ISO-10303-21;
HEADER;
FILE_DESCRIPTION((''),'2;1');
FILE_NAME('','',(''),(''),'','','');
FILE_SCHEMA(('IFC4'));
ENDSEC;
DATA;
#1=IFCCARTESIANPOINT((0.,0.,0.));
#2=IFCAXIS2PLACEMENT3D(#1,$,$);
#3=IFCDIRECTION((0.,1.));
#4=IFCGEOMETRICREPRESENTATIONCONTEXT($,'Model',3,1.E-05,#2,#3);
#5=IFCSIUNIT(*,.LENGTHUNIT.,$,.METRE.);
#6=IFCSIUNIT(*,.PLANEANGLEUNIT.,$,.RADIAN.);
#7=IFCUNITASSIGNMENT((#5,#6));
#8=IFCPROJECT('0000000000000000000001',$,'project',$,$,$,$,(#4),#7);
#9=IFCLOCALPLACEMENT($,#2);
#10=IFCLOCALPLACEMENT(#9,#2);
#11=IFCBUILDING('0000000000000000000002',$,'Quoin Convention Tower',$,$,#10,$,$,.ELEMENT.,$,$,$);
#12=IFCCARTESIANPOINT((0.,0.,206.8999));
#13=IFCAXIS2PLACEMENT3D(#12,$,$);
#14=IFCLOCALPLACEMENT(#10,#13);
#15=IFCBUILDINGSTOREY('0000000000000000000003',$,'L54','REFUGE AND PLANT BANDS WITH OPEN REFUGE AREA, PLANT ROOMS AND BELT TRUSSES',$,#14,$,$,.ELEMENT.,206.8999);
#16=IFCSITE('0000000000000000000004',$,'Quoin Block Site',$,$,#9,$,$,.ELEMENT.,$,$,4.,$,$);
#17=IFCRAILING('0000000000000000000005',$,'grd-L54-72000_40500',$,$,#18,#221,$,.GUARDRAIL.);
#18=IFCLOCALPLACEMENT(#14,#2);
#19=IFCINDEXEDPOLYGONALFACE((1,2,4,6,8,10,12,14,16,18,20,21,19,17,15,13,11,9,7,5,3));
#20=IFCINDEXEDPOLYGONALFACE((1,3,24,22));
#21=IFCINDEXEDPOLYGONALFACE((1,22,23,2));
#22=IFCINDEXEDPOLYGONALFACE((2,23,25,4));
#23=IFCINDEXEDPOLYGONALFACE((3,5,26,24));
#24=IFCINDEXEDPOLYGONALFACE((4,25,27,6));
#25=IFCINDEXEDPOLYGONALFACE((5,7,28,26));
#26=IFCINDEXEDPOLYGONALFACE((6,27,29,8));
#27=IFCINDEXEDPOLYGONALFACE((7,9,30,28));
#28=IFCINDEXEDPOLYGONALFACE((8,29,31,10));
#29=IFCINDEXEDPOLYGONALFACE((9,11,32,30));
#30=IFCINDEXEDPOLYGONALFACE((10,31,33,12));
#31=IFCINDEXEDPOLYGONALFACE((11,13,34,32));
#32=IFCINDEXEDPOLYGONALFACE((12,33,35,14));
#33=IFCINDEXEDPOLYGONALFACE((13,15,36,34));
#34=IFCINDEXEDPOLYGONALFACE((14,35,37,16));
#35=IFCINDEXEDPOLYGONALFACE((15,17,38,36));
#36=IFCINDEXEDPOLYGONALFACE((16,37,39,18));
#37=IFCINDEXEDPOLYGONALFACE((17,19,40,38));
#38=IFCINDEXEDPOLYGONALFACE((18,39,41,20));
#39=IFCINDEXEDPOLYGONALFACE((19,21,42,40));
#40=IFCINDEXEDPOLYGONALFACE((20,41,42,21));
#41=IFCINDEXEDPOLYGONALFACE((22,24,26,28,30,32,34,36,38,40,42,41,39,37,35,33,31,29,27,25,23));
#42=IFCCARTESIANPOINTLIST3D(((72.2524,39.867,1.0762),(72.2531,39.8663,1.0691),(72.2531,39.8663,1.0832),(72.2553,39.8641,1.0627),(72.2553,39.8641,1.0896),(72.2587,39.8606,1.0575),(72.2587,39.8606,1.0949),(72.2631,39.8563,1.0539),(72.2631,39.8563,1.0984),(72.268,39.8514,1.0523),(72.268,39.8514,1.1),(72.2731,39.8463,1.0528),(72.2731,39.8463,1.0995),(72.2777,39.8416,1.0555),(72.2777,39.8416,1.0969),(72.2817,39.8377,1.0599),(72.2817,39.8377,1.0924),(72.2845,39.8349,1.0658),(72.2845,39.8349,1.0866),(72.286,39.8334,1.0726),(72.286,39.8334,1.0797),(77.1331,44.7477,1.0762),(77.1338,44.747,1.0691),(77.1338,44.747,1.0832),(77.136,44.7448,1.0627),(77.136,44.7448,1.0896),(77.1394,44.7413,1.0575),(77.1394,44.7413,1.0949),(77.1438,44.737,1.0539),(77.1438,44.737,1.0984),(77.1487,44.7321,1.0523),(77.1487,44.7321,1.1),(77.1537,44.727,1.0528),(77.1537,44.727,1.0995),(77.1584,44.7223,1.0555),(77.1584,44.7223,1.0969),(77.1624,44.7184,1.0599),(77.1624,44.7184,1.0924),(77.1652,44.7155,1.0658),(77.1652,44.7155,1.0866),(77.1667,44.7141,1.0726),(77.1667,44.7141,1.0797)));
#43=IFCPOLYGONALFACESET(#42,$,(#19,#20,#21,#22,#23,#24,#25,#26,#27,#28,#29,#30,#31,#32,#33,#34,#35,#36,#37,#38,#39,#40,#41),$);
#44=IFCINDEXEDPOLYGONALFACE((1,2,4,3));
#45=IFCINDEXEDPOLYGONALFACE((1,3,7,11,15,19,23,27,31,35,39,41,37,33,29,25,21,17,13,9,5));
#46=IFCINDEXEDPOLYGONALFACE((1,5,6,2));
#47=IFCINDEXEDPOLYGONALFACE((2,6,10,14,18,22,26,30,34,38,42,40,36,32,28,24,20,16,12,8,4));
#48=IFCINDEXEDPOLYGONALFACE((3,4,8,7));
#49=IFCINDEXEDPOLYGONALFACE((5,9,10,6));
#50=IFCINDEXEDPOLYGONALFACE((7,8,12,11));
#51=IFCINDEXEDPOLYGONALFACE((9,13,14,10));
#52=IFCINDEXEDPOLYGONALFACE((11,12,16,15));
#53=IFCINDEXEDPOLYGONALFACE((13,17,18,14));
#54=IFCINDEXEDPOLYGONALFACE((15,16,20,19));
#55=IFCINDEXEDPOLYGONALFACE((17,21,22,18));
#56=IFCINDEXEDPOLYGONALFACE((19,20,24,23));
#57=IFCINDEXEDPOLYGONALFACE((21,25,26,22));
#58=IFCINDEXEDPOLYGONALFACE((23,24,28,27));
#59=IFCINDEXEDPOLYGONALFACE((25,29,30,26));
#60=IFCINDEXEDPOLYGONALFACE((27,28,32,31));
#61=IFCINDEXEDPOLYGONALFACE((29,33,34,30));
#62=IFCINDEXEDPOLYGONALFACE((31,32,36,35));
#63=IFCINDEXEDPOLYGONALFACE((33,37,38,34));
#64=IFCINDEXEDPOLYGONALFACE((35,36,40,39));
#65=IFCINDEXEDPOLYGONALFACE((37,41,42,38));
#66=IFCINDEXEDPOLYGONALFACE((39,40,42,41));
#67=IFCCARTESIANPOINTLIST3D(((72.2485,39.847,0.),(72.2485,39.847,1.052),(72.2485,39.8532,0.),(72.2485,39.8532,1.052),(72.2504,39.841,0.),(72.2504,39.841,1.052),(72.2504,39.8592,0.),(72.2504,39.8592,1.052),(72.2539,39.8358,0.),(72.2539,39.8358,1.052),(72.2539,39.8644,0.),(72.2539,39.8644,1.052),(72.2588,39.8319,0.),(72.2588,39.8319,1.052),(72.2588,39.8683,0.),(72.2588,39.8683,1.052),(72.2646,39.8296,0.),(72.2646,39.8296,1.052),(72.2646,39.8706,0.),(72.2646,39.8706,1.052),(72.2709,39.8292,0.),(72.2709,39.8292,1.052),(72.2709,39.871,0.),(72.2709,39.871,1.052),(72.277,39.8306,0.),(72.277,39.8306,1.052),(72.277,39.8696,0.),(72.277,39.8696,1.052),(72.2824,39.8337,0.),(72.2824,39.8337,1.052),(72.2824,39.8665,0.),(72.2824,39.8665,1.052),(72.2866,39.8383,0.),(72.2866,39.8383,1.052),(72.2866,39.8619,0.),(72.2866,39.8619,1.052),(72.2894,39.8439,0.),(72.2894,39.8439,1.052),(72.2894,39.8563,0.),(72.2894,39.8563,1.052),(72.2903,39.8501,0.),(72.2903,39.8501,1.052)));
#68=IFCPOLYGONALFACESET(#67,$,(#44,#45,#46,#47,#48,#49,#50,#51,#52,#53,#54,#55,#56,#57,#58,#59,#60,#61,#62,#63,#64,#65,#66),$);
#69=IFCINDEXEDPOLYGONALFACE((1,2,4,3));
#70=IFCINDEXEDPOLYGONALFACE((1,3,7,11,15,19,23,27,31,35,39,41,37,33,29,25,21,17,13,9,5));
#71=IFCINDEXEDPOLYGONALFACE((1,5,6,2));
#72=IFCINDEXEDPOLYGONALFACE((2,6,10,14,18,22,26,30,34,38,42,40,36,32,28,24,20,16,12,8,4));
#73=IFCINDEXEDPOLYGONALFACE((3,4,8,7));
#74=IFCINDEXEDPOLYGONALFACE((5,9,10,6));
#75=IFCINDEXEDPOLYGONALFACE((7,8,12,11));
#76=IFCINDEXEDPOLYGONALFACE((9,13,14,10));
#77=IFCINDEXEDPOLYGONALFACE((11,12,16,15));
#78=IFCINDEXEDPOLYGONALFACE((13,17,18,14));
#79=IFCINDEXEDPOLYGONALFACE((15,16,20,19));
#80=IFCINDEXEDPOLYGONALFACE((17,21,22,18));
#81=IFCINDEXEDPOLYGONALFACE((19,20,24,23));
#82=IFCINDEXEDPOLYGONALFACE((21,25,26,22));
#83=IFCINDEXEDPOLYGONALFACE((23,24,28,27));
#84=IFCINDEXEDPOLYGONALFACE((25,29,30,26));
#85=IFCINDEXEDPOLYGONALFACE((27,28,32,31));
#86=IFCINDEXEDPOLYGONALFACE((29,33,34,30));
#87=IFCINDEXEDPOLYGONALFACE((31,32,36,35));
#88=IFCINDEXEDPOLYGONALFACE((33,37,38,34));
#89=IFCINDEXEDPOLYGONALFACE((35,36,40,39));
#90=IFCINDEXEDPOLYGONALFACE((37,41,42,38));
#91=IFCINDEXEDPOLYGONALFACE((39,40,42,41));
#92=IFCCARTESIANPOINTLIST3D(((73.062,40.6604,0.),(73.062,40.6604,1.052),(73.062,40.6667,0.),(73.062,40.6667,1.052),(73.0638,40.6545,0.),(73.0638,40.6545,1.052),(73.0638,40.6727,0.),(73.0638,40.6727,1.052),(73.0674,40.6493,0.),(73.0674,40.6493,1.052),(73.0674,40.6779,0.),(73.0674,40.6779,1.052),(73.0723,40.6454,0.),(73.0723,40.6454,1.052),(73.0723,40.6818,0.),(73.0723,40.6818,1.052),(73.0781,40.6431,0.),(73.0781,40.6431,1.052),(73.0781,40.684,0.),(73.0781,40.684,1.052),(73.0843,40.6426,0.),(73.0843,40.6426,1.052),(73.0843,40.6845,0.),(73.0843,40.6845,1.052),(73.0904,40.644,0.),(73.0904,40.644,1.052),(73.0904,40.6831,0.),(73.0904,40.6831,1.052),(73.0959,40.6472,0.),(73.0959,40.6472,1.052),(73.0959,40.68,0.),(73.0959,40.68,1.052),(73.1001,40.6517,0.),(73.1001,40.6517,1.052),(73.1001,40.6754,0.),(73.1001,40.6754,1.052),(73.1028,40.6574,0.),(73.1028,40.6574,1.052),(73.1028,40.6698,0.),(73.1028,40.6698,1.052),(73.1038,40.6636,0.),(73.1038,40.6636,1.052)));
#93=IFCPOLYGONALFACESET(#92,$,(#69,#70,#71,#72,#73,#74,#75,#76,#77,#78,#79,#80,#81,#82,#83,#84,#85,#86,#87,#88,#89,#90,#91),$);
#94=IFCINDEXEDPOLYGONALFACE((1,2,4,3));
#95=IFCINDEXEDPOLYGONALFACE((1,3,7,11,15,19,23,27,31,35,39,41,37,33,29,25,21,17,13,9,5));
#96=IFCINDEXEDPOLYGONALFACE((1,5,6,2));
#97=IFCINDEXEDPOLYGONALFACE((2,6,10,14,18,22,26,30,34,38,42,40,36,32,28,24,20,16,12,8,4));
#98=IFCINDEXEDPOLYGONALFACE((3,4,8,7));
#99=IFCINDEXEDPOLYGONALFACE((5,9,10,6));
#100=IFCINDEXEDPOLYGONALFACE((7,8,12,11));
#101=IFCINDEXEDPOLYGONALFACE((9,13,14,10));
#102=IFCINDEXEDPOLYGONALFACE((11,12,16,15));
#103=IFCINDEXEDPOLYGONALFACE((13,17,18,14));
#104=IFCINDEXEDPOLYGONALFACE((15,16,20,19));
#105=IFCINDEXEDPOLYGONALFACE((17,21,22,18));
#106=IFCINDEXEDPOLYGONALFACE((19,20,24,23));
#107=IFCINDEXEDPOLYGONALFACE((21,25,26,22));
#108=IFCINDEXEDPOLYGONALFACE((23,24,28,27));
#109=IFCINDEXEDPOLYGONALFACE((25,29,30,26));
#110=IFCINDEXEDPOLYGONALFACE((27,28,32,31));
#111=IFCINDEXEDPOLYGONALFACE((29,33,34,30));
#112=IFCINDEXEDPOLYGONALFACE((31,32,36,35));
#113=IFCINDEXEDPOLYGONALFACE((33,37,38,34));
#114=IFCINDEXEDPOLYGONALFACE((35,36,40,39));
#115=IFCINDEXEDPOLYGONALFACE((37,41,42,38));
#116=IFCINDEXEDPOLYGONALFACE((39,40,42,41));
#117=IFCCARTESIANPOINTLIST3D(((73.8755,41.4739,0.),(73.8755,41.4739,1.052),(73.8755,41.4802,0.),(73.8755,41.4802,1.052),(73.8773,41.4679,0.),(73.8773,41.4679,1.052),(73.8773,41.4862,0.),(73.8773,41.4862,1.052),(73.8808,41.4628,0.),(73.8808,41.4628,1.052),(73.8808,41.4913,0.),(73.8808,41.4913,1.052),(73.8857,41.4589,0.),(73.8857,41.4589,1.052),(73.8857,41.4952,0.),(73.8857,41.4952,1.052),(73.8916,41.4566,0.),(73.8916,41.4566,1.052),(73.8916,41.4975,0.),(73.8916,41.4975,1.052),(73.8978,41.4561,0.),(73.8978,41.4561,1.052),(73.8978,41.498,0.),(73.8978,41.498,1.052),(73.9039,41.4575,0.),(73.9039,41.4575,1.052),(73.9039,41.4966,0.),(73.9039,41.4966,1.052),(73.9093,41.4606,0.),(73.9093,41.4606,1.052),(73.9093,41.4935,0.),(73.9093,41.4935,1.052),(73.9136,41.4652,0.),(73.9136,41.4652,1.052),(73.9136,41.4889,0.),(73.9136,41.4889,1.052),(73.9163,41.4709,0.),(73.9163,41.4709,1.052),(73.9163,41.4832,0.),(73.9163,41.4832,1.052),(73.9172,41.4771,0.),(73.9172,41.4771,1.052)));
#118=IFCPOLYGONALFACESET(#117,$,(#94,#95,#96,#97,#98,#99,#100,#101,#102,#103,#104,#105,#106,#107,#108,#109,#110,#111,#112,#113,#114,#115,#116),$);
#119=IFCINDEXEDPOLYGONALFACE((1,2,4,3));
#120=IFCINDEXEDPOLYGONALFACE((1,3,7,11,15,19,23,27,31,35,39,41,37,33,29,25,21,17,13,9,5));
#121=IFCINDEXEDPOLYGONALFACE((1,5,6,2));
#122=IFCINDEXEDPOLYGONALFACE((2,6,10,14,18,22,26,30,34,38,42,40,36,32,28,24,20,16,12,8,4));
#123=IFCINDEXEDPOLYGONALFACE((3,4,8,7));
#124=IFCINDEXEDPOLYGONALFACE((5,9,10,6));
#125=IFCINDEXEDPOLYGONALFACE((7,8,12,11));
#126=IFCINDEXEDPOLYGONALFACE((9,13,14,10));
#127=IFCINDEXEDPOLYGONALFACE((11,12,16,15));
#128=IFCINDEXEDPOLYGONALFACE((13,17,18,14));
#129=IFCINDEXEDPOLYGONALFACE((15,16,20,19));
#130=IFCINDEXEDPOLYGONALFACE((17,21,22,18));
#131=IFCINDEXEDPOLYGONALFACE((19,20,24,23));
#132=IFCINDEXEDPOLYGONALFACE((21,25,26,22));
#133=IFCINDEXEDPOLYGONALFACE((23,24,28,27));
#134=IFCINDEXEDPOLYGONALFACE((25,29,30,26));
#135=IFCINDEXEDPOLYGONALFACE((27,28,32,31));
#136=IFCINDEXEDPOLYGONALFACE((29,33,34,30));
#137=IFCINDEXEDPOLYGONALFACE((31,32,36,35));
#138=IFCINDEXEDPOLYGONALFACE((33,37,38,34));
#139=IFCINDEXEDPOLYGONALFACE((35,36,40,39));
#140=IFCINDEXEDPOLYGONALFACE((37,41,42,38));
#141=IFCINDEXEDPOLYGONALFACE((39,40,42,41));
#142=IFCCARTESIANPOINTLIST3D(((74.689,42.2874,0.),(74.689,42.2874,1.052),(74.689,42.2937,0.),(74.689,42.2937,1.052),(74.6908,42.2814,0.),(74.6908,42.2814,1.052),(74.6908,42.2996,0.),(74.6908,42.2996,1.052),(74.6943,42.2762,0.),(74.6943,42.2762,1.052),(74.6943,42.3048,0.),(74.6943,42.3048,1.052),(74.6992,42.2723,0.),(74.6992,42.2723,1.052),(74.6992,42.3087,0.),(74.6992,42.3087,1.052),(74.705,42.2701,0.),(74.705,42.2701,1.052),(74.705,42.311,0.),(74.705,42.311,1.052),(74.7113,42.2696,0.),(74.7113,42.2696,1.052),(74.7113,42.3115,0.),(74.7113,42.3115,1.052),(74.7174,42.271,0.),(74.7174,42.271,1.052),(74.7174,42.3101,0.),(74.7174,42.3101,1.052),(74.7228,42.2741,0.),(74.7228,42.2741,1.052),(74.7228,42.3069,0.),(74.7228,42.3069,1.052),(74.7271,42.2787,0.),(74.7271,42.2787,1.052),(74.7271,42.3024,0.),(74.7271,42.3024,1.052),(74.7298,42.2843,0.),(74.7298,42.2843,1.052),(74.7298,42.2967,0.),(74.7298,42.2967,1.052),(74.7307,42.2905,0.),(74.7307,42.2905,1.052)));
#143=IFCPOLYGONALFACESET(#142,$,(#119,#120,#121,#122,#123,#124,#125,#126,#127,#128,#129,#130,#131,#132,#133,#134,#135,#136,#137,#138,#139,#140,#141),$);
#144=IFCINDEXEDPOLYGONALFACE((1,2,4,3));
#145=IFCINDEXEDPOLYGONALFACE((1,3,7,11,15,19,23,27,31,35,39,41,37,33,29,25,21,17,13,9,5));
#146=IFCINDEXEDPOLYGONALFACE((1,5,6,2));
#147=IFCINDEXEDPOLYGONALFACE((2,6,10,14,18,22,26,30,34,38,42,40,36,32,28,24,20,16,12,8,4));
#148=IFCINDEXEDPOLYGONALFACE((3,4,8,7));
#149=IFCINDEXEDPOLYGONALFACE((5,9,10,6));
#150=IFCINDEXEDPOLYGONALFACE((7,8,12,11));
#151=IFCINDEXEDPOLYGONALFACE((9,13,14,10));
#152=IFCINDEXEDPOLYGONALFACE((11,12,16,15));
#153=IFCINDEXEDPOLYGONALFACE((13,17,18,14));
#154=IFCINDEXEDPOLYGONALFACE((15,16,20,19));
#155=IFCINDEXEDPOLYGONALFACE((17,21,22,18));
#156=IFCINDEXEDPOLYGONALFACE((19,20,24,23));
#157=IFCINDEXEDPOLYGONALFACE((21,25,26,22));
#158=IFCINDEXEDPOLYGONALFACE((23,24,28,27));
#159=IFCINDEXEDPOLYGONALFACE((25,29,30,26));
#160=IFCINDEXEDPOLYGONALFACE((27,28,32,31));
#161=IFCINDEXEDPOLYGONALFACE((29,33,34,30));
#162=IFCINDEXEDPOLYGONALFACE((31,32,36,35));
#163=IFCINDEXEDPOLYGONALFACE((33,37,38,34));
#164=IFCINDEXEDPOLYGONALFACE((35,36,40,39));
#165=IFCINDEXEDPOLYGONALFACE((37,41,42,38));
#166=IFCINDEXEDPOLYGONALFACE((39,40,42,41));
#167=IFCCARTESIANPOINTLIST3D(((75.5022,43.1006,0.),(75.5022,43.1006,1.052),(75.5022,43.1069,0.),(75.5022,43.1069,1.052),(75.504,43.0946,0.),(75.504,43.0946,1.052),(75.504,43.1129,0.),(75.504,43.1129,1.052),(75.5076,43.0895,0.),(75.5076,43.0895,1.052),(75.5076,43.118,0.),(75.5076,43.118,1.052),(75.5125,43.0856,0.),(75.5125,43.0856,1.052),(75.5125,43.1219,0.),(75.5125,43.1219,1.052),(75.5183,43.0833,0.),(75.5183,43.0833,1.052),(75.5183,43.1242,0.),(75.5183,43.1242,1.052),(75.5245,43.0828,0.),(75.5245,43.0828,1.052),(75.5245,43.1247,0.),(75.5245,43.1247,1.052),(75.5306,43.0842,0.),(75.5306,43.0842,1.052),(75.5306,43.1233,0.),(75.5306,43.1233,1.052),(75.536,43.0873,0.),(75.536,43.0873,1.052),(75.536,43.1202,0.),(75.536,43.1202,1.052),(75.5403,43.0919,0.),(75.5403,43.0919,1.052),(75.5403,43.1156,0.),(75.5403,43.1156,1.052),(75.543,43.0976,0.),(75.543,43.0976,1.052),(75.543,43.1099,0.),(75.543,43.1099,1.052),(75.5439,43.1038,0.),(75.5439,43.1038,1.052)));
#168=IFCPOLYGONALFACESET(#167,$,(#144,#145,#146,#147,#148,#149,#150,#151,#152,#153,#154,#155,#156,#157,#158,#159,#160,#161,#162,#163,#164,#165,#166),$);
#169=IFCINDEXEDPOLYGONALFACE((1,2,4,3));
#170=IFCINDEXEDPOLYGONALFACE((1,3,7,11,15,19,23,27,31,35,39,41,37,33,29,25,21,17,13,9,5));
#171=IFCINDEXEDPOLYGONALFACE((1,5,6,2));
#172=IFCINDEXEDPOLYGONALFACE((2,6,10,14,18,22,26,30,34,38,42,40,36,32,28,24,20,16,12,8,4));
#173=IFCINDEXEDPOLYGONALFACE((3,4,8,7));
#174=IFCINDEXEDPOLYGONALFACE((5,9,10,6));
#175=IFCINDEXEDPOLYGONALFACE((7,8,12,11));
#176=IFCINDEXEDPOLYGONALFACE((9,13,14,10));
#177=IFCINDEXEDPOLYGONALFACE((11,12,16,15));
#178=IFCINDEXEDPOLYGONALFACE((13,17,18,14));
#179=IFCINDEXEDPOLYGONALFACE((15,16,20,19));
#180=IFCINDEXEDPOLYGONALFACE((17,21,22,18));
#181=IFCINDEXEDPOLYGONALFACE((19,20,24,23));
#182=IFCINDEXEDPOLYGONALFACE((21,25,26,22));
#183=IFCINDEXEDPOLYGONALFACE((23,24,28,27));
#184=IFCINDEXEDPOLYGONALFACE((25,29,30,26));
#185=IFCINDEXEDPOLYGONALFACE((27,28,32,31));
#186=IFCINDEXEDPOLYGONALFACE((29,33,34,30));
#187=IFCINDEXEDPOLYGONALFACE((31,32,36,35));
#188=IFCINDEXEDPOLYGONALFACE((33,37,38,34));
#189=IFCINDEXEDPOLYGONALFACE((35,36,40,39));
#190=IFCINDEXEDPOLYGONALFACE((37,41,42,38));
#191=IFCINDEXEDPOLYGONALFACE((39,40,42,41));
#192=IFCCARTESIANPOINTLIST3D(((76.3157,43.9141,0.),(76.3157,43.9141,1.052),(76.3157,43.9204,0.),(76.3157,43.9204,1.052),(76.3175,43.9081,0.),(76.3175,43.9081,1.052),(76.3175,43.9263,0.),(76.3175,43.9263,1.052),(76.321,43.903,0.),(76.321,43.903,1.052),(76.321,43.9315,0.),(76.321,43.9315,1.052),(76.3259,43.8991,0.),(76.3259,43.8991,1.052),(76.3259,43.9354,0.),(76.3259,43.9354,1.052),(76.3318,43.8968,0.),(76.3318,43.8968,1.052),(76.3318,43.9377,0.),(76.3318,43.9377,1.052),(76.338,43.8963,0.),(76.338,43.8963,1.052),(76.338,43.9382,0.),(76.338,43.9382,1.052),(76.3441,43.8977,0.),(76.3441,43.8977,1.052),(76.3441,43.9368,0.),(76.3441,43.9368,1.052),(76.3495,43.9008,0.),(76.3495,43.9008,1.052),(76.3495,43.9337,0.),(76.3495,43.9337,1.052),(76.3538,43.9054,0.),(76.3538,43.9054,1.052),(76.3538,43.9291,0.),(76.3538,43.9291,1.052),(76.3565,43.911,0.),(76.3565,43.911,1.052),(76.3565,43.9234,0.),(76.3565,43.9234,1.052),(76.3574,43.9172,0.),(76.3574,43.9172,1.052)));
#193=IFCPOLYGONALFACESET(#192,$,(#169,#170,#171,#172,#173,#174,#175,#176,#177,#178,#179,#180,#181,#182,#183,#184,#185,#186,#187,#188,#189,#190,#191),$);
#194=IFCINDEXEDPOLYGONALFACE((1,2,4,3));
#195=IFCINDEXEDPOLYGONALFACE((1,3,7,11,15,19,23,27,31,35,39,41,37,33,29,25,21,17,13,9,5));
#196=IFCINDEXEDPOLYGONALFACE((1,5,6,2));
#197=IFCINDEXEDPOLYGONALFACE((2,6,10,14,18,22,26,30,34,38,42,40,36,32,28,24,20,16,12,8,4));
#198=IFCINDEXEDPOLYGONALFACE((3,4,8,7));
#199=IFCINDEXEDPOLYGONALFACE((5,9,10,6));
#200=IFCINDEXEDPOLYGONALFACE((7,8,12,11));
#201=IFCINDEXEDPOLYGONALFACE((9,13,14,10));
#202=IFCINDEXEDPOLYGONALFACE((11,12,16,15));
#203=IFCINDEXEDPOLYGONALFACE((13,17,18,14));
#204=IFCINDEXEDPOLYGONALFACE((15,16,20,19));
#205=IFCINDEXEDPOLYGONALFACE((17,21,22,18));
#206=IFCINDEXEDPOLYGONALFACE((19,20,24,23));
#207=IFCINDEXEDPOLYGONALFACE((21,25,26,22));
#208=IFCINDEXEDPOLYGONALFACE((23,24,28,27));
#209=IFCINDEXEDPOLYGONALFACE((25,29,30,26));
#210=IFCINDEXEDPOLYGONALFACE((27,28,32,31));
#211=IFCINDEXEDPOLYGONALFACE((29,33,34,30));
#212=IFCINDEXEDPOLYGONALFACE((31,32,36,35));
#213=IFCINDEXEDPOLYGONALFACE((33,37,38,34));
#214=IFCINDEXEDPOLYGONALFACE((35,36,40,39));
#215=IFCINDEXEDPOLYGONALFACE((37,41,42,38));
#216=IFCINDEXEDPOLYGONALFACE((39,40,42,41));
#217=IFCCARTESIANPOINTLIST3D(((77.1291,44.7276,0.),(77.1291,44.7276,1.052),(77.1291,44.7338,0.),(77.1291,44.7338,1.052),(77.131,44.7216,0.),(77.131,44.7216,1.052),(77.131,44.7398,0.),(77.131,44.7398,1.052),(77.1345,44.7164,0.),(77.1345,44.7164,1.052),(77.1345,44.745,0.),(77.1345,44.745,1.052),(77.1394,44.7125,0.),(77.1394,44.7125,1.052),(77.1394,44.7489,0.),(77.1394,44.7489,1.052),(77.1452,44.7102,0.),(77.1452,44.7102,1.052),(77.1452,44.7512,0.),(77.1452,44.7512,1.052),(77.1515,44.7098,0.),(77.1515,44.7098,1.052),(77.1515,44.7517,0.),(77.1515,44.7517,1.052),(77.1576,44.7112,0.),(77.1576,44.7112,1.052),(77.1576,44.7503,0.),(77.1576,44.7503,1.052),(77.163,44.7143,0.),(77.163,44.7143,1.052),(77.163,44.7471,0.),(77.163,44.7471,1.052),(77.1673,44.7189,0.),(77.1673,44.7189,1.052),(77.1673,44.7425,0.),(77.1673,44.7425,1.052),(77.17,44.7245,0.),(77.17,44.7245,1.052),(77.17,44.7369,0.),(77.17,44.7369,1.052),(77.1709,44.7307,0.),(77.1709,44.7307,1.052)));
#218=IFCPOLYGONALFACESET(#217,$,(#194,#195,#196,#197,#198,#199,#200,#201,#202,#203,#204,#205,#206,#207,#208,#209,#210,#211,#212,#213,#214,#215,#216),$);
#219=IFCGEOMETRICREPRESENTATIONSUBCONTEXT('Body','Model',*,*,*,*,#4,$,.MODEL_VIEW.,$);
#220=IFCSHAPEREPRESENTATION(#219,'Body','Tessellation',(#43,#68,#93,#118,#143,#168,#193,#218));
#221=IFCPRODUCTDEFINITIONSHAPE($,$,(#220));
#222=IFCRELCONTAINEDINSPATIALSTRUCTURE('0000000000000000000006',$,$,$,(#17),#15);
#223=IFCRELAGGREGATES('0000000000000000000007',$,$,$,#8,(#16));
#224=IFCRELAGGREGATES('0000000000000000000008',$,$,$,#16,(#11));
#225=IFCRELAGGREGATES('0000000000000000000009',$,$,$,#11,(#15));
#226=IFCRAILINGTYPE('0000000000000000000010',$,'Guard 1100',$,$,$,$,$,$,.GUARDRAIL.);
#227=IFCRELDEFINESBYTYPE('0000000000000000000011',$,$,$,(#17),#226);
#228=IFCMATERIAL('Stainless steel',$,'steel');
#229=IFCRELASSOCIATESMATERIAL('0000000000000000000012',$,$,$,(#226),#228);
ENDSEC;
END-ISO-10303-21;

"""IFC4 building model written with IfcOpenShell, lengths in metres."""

from ifc_helpers import new_model, si_unit, direction, frame, origin, origin_2d, place, context, subcontext, project, spatial, circle, extrude, material, type_object, element, save


model = new_model("IFC4")

# Units and contexts
model_context = context("Model", 3, precision=1e-05, world=origin(), true_north=direction((0.0, 1.0)))
body_context = subcontext(model_context, "Body", "Model", "MODEL_VIEW")
ifc_project = project(units=[si_unit("LENGTHUNIT", "METRE"), si_unit("PLANEANGLEUNIT", "RADIAN")], contexts=[model_context])

# Site, building, storey
site_placement = place(None, origin())
site = spatial("IfcSite", under=ifc_project, at=site_placement, Name="Quoin Block Site", CompositionType="ELEMENT", RefElevation=4.0)
building_placement = place(site_placement, origin())
building = spatial("IfcBuilding", under=site, at=building_placement, Name="Quoin Convention Tower", CompositionType="ELEMENT")
storey_placement = place(building_placement, frame((0.0, 0.0, 206.8999)))
storey = spatial("IfcBuildingStorey", under=building, at=storey_placement, Name="L54", Description="REFUGE AND PLANT BANDS WITH OPEN REFUGE AREA, PLANT ROOMS AND BELT TRUSSES", CompositionType="ELEMENT", Elevation=206.8999)

# Railing
ifc_material_1 = material(Name="Stainless steel", Category="steel")
railing_type = type_object("IfcRailingType", Name="Guard 1100", PredefinedType="GUARDRAIL", material=ifc_material_1)
railing_1_placement = place(storey_placement, frame((72.2693, 39.8501, 0.0)))
element("IfcRailing", 1, at=railing_1_placement, inside=storey, type_object=railing_type, Name="grd-L54-72000_40500", PredefinedType="GUARDRAIL", context=body_context, shape_type="SweptSolid", body=[
    extrude(circle(Radius=0.0239, at=origin_2d()), frame((0.0, 0.0, 1.0762), z_axis=(0.707107, 0.707107, 0.0), x_axis=(-0.707107, 0.707107, 0.0)), (0.0, 0.0, 1.0), 6.9023),
    extrude(circle(Radius=0.021, at=origin_2d()), origin(), (0.0, 0.0, 1.0), 1.052),
    extrude(circle(Radius=0.021, at=origin_2d()), frame((0.8135, 0.8135, 0.0)), (0.0, 0.0, 1.0), 1.052),
    extrude(circle(Radius=0.021, at=origin_2d()), frame((1.627, 1.627, 0.0)), (0.0, 0.0, 1.0), 1.052),
    extrude(circle(Radius=0.021, at=origin_2d()), frame((2.4404, 2.4404, 0.0)), (0.0, 0.0, 1.0), 1.052),
    extrude(circle(Radius=0.021, at=origin_2d()), frame((3.2537, 3.2537, 0.0)), (0.0, 0.0, 1.0), 1.052),
    extrude(circle(Radius=0.021, at=origin_2d()), frame((4.0671, 4.0671, 0.0)), (0.0, 0.0, 1.0), 1.052),
    extrude(circle(Radius=0.021, at=origin_2d()), frame((4.8806, 4.8806, 0.0)), (0.0, 0.0, 1.0), 1.052),
])

save(model, "model.ifc")
